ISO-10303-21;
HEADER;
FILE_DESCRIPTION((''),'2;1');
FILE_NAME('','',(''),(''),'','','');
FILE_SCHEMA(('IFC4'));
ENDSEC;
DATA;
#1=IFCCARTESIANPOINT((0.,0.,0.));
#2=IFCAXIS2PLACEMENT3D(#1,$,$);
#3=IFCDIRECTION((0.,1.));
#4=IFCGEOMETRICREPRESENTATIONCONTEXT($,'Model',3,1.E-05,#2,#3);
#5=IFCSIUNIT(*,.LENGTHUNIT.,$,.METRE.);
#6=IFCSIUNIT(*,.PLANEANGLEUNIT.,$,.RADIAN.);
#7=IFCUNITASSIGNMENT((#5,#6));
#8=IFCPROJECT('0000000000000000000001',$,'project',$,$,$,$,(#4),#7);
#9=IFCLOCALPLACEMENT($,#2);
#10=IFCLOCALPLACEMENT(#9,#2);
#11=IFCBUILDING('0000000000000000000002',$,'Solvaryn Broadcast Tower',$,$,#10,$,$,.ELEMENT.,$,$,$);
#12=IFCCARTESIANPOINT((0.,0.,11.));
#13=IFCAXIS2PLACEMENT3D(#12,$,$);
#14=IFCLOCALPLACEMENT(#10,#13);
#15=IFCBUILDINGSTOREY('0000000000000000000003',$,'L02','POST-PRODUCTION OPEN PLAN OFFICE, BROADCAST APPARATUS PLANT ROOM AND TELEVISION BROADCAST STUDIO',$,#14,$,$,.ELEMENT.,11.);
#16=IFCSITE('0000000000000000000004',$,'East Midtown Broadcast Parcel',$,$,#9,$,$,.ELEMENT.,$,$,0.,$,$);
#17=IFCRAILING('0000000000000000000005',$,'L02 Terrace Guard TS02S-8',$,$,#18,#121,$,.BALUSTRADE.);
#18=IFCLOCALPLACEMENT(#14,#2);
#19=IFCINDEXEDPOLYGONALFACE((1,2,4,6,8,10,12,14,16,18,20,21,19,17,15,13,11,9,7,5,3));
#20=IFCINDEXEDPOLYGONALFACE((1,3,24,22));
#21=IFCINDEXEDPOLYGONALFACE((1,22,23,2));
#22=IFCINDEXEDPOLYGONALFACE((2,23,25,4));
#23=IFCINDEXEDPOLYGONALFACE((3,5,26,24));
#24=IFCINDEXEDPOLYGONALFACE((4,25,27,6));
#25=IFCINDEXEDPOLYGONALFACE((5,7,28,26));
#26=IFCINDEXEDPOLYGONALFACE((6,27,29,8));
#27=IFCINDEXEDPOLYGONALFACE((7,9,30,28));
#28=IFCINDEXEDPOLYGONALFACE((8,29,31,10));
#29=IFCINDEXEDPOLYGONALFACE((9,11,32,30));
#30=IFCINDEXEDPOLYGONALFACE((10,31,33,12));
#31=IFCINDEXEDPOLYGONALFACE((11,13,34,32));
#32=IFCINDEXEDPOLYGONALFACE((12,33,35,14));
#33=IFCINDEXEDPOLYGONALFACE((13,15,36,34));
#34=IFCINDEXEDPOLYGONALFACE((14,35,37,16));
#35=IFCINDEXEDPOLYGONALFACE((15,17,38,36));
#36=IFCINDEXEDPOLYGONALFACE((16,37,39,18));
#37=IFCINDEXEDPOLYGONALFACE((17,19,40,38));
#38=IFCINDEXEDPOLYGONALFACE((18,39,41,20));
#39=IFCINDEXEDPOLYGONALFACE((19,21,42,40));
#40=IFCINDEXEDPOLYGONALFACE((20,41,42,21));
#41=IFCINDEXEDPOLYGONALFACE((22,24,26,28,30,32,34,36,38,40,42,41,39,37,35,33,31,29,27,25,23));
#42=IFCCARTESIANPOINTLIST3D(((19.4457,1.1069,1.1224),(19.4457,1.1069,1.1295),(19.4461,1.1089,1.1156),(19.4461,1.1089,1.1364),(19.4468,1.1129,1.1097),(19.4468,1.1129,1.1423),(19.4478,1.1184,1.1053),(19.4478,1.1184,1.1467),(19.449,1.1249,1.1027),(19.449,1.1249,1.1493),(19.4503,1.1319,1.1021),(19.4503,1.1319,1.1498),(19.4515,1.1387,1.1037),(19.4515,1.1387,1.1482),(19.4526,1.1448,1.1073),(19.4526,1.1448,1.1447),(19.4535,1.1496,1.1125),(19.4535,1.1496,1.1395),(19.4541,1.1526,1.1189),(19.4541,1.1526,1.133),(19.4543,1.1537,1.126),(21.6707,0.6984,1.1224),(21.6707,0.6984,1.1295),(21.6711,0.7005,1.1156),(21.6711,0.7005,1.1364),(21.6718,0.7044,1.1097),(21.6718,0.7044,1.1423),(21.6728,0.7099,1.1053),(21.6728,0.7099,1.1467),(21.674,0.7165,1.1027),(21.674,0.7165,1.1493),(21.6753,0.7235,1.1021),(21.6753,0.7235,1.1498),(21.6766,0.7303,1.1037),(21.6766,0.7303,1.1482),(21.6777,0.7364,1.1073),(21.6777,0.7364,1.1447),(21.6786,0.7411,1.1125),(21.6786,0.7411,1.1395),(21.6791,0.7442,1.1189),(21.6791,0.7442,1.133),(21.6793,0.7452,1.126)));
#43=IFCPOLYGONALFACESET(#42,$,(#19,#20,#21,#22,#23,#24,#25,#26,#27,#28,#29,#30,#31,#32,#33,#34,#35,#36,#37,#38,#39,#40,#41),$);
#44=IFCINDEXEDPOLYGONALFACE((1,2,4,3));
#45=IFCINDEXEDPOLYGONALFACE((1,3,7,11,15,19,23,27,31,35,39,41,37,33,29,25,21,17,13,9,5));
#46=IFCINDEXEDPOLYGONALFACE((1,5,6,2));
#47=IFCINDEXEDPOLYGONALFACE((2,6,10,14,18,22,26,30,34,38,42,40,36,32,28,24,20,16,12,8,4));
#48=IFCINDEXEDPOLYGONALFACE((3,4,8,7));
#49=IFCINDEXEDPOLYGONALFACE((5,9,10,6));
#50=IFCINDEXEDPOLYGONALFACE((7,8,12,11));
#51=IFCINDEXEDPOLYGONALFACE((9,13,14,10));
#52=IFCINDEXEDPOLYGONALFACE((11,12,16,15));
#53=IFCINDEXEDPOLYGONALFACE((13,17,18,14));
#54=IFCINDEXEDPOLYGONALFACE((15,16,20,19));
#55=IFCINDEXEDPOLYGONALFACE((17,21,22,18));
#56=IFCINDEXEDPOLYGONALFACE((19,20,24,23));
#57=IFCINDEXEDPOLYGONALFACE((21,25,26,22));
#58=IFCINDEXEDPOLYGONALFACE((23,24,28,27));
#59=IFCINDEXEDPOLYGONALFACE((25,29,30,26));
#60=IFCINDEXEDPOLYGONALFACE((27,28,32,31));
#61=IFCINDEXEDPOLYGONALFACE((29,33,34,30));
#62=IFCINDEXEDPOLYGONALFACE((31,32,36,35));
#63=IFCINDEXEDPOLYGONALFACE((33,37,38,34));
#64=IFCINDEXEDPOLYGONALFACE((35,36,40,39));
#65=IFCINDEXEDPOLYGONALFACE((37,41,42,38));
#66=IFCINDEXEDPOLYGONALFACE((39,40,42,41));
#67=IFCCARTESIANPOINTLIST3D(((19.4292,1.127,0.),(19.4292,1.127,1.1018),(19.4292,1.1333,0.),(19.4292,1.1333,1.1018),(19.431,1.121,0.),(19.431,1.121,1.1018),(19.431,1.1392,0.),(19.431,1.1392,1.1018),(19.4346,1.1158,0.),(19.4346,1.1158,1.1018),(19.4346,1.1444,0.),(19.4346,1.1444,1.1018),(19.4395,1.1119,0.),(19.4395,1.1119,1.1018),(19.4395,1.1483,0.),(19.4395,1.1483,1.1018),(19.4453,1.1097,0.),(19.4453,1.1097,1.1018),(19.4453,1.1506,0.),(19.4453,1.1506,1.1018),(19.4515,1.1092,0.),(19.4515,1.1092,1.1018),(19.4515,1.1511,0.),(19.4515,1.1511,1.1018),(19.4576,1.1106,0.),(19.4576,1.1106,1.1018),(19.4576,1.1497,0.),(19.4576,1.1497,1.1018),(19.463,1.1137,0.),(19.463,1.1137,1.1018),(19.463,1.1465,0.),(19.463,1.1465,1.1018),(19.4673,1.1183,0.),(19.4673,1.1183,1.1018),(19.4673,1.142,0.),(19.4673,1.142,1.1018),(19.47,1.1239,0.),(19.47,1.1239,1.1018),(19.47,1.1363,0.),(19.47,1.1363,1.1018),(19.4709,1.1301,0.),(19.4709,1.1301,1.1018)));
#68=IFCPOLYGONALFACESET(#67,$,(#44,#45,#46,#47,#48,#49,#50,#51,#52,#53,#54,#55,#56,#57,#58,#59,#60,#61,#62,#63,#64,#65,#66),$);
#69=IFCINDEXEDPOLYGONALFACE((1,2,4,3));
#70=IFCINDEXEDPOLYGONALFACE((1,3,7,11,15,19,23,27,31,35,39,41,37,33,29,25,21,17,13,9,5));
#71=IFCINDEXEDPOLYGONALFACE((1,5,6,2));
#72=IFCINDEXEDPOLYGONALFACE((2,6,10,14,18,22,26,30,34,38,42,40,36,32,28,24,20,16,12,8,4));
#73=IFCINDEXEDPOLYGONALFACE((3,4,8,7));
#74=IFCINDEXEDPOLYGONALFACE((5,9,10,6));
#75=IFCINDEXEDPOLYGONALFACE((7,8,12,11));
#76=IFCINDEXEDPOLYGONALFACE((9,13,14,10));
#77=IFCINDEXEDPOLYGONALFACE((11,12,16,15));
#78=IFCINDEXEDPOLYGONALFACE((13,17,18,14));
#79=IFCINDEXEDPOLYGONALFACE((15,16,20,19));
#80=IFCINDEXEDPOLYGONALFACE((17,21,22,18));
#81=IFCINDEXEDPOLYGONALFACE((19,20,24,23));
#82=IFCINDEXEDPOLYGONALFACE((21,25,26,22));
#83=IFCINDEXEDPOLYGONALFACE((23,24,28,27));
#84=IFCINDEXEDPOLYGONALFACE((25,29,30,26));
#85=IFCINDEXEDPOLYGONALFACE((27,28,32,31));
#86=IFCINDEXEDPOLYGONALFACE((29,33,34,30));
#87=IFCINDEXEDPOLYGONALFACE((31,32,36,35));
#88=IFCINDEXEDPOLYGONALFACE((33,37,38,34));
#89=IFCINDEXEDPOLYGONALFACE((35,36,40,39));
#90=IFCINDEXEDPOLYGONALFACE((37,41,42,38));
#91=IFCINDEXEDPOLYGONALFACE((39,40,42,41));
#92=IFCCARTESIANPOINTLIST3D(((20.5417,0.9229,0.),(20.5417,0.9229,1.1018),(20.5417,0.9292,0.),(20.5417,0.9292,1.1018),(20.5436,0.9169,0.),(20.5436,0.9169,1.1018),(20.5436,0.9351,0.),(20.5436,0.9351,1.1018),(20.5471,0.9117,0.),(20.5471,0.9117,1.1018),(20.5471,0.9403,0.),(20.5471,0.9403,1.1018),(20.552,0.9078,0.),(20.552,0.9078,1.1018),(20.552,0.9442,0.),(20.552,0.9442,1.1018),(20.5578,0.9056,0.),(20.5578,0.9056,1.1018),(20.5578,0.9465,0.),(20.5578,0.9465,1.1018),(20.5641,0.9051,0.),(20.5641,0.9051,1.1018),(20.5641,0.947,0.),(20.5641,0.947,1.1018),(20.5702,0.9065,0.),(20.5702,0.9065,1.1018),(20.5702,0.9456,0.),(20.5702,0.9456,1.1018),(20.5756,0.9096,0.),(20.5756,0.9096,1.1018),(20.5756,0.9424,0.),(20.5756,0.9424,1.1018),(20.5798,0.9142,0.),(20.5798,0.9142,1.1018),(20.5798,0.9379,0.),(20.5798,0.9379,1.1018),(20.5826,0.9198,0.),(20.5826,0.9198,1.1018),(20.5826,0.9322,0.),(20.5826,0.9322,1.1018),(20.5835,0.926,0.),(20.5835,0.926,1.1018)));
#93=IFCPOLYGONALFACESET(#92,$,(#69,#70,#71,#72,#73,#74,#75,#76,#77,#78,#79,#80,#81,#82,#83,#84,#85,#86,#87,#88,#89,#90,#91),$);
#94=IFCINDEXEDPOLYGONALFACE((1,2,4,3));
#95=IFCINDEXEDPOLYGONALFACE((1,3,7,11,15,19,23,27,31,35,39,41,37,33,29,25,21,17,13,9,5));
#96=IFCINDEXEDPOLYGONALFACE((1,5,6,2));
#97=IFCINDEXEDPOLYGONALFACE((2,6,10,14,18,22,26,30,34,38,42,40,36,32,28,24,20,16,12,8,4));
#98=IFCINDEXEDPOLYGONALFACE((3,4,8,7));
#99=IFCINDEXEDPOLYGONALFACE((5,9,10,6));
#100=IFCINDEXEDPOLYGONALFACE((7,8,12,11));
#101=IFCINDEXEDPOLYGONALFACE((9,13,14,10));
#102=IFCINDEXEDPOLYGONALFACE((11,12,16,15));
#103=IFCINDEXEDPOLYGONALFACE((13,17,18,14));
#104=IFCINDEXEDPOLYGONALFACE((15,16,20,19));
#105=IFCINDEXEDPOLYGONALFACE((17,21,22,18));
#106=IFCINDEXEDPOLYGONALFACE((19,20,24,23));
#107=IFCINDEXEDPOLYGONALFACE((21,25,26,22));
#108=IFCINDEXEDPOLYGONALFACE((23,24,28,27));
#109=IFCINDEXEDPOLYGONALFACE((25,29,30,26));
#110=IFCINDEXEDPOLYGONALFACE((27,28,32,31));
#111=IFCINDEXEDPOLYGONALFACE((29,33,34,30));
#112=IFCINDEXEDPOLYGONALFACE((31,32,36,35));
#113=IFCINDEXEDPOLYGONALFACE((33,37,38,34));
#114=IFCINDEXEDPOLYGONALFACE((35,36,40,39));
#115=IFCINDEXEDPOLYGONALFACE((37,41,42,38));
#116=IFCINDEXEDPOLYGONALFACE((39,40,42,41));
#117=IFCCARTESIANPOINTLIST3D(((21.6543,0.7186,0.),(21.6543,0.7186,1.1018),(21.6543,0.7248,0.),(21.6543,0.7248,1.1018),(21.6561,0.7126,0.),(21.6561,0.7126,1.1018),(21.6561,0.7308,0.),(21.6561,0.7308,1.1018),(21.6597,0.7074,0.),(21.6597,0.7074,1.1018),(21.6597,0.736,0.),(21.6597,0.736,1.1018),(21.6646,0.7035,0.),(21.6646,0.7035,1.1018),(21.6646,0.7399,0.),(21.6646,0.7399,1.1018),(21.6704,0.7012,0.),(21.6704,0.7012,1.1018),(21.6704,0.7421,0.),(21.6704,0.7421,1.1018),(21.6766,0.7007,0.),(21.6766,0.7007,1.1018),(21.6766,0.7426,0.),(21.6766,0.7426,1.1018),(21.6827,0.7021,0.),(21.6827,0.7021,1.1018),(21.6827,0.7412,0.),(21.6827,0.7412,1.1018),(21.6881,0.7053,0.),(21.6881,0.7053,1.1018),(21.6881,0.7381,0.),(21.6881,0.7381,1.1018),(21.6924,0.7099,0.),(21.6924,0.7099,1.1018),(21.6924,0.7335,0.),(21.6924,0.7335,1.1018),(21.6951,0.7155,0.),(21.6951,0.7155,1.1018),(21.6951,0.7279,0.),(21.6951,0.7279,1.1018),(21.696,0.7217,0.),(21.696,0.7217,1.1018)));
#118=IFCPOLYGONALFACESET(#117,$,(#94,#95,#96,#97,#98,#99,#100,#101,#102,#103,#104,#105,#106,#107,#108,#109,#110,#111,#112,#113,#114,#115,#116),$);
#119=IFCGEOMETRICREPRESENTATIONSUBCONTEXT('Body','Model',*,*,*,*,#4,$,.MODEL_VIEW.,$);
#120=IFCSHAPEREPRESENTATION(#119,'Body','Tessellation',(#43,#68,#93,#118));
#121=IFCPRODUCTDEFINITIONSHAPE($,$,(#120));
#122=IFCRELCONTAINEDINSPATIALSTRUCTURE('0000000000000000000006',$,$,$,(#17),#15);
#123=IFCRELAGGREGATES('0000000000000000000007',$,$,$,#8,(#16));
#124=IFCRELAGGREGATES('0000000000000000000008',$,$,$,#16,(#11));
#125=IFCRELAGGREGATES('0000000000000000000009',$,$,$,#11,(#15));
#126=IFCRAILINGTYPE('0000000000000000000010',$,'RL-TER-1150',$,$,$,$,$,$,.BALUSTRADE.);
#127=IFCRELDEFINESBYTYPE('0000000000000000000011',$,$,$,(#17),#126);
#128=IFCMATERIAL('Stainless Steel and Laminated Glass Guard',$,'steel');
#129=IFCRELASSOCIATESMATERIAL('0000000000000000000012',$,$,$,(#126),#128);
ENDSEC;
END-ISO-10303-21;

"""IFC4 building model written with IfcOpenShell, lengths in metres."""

from ifc_helpers import new_model, si_unit, direction, frame, origin, origin_2d, place, context, subcontext, project, spatial, circle, extrude, material, type_object, element, save


model = new_model("IFC4")

# Units and contexts
model_context = context("Model", 3, precision=1e-05, world=origin(), true_north=direction((0.0, 1.0)))
body_context = subcontext(model_context, "Body", "Model", "MODEL_VIEW")
ifc_project = project(units=[si_unit("LENGTHUNIT", "METRE"), si_unit("PLANEANGLEUNIT", "RADIAN")], contexts=[model_context])

# Site, building, storey
site_placement = place(None, origin())
site = spatial("IfcSite", under=ifc_project, at=site_placement, Name="East Midtown Broadcast Parcel", CompositionType="ELEMENT", RefElevation=0.0)
building_placement = place(site_placement, origin())
building = spatial("IfcBuilding", under=site, at=building_placement, Name="Solvaryn Broadcast Tower", CompositionType="ELEMENT")
storey_placement = place(building_placement, frame((0.0, 0.0, 11.0)))
storey = spatial("IfcBuildingStorey", under=building, at=storey_placement, Name="L02", Description="POST-PRODUCTION OPEN PLAN OFFICE, BROADCAST APPARATUS PLANT ROOM AND TELEVISION BROADCAST STUDIO", CompositionType="ELEMENT", Elevation=11.0)

# Railing
ifc_material_1 = material(Name="Stainless Steel and Laminated Glass Guard", Category="steel")
railing_type = type_object("IfcRailingType", Name="RL-TER-1150", PredefinedType="BALUSTRADE", material=ifc_material_1)
railing_1_placement = place(storey_placement, frame((19.45, 1.1301, 0.0)))
element("IfcRailing", 1, at=railing_1_placement, inside=storey, type_object=railing_type, Name="L02 Terrace Guard TS02S-8", PredefinedType="BALUSTRADE", context=body_context, shape_type="SweptSolid", body=[
    extrude(circle(Radius=0.0239, at=origin_2d()), frame((0.0, 0.0, 1.126), z_axis=(0.983566, -0.180547, 0.0), x_axis=(0.180547, 0.983566, 0.0)), (0.0, 0.0, 1.0), 2.2622),
    extrude(circle(Radius=0.021, at=origin_2d()), origin(), (0.0, 0.0, 1.0), 1.1018),
    extrude(circle(Radius=0.021, at=origin_2d()), frame((1.1125, -0.2041, 0.0)), (0.0, 0.0, 1.0), 1.1018),
    extrude(circle(Radius=0.021, at=origin_2d()), frame((2.2251, -0.4084, 0.0)), (0.0, 0.0, 1.0), 1.1018),
])

save(model, "model.ifc")
